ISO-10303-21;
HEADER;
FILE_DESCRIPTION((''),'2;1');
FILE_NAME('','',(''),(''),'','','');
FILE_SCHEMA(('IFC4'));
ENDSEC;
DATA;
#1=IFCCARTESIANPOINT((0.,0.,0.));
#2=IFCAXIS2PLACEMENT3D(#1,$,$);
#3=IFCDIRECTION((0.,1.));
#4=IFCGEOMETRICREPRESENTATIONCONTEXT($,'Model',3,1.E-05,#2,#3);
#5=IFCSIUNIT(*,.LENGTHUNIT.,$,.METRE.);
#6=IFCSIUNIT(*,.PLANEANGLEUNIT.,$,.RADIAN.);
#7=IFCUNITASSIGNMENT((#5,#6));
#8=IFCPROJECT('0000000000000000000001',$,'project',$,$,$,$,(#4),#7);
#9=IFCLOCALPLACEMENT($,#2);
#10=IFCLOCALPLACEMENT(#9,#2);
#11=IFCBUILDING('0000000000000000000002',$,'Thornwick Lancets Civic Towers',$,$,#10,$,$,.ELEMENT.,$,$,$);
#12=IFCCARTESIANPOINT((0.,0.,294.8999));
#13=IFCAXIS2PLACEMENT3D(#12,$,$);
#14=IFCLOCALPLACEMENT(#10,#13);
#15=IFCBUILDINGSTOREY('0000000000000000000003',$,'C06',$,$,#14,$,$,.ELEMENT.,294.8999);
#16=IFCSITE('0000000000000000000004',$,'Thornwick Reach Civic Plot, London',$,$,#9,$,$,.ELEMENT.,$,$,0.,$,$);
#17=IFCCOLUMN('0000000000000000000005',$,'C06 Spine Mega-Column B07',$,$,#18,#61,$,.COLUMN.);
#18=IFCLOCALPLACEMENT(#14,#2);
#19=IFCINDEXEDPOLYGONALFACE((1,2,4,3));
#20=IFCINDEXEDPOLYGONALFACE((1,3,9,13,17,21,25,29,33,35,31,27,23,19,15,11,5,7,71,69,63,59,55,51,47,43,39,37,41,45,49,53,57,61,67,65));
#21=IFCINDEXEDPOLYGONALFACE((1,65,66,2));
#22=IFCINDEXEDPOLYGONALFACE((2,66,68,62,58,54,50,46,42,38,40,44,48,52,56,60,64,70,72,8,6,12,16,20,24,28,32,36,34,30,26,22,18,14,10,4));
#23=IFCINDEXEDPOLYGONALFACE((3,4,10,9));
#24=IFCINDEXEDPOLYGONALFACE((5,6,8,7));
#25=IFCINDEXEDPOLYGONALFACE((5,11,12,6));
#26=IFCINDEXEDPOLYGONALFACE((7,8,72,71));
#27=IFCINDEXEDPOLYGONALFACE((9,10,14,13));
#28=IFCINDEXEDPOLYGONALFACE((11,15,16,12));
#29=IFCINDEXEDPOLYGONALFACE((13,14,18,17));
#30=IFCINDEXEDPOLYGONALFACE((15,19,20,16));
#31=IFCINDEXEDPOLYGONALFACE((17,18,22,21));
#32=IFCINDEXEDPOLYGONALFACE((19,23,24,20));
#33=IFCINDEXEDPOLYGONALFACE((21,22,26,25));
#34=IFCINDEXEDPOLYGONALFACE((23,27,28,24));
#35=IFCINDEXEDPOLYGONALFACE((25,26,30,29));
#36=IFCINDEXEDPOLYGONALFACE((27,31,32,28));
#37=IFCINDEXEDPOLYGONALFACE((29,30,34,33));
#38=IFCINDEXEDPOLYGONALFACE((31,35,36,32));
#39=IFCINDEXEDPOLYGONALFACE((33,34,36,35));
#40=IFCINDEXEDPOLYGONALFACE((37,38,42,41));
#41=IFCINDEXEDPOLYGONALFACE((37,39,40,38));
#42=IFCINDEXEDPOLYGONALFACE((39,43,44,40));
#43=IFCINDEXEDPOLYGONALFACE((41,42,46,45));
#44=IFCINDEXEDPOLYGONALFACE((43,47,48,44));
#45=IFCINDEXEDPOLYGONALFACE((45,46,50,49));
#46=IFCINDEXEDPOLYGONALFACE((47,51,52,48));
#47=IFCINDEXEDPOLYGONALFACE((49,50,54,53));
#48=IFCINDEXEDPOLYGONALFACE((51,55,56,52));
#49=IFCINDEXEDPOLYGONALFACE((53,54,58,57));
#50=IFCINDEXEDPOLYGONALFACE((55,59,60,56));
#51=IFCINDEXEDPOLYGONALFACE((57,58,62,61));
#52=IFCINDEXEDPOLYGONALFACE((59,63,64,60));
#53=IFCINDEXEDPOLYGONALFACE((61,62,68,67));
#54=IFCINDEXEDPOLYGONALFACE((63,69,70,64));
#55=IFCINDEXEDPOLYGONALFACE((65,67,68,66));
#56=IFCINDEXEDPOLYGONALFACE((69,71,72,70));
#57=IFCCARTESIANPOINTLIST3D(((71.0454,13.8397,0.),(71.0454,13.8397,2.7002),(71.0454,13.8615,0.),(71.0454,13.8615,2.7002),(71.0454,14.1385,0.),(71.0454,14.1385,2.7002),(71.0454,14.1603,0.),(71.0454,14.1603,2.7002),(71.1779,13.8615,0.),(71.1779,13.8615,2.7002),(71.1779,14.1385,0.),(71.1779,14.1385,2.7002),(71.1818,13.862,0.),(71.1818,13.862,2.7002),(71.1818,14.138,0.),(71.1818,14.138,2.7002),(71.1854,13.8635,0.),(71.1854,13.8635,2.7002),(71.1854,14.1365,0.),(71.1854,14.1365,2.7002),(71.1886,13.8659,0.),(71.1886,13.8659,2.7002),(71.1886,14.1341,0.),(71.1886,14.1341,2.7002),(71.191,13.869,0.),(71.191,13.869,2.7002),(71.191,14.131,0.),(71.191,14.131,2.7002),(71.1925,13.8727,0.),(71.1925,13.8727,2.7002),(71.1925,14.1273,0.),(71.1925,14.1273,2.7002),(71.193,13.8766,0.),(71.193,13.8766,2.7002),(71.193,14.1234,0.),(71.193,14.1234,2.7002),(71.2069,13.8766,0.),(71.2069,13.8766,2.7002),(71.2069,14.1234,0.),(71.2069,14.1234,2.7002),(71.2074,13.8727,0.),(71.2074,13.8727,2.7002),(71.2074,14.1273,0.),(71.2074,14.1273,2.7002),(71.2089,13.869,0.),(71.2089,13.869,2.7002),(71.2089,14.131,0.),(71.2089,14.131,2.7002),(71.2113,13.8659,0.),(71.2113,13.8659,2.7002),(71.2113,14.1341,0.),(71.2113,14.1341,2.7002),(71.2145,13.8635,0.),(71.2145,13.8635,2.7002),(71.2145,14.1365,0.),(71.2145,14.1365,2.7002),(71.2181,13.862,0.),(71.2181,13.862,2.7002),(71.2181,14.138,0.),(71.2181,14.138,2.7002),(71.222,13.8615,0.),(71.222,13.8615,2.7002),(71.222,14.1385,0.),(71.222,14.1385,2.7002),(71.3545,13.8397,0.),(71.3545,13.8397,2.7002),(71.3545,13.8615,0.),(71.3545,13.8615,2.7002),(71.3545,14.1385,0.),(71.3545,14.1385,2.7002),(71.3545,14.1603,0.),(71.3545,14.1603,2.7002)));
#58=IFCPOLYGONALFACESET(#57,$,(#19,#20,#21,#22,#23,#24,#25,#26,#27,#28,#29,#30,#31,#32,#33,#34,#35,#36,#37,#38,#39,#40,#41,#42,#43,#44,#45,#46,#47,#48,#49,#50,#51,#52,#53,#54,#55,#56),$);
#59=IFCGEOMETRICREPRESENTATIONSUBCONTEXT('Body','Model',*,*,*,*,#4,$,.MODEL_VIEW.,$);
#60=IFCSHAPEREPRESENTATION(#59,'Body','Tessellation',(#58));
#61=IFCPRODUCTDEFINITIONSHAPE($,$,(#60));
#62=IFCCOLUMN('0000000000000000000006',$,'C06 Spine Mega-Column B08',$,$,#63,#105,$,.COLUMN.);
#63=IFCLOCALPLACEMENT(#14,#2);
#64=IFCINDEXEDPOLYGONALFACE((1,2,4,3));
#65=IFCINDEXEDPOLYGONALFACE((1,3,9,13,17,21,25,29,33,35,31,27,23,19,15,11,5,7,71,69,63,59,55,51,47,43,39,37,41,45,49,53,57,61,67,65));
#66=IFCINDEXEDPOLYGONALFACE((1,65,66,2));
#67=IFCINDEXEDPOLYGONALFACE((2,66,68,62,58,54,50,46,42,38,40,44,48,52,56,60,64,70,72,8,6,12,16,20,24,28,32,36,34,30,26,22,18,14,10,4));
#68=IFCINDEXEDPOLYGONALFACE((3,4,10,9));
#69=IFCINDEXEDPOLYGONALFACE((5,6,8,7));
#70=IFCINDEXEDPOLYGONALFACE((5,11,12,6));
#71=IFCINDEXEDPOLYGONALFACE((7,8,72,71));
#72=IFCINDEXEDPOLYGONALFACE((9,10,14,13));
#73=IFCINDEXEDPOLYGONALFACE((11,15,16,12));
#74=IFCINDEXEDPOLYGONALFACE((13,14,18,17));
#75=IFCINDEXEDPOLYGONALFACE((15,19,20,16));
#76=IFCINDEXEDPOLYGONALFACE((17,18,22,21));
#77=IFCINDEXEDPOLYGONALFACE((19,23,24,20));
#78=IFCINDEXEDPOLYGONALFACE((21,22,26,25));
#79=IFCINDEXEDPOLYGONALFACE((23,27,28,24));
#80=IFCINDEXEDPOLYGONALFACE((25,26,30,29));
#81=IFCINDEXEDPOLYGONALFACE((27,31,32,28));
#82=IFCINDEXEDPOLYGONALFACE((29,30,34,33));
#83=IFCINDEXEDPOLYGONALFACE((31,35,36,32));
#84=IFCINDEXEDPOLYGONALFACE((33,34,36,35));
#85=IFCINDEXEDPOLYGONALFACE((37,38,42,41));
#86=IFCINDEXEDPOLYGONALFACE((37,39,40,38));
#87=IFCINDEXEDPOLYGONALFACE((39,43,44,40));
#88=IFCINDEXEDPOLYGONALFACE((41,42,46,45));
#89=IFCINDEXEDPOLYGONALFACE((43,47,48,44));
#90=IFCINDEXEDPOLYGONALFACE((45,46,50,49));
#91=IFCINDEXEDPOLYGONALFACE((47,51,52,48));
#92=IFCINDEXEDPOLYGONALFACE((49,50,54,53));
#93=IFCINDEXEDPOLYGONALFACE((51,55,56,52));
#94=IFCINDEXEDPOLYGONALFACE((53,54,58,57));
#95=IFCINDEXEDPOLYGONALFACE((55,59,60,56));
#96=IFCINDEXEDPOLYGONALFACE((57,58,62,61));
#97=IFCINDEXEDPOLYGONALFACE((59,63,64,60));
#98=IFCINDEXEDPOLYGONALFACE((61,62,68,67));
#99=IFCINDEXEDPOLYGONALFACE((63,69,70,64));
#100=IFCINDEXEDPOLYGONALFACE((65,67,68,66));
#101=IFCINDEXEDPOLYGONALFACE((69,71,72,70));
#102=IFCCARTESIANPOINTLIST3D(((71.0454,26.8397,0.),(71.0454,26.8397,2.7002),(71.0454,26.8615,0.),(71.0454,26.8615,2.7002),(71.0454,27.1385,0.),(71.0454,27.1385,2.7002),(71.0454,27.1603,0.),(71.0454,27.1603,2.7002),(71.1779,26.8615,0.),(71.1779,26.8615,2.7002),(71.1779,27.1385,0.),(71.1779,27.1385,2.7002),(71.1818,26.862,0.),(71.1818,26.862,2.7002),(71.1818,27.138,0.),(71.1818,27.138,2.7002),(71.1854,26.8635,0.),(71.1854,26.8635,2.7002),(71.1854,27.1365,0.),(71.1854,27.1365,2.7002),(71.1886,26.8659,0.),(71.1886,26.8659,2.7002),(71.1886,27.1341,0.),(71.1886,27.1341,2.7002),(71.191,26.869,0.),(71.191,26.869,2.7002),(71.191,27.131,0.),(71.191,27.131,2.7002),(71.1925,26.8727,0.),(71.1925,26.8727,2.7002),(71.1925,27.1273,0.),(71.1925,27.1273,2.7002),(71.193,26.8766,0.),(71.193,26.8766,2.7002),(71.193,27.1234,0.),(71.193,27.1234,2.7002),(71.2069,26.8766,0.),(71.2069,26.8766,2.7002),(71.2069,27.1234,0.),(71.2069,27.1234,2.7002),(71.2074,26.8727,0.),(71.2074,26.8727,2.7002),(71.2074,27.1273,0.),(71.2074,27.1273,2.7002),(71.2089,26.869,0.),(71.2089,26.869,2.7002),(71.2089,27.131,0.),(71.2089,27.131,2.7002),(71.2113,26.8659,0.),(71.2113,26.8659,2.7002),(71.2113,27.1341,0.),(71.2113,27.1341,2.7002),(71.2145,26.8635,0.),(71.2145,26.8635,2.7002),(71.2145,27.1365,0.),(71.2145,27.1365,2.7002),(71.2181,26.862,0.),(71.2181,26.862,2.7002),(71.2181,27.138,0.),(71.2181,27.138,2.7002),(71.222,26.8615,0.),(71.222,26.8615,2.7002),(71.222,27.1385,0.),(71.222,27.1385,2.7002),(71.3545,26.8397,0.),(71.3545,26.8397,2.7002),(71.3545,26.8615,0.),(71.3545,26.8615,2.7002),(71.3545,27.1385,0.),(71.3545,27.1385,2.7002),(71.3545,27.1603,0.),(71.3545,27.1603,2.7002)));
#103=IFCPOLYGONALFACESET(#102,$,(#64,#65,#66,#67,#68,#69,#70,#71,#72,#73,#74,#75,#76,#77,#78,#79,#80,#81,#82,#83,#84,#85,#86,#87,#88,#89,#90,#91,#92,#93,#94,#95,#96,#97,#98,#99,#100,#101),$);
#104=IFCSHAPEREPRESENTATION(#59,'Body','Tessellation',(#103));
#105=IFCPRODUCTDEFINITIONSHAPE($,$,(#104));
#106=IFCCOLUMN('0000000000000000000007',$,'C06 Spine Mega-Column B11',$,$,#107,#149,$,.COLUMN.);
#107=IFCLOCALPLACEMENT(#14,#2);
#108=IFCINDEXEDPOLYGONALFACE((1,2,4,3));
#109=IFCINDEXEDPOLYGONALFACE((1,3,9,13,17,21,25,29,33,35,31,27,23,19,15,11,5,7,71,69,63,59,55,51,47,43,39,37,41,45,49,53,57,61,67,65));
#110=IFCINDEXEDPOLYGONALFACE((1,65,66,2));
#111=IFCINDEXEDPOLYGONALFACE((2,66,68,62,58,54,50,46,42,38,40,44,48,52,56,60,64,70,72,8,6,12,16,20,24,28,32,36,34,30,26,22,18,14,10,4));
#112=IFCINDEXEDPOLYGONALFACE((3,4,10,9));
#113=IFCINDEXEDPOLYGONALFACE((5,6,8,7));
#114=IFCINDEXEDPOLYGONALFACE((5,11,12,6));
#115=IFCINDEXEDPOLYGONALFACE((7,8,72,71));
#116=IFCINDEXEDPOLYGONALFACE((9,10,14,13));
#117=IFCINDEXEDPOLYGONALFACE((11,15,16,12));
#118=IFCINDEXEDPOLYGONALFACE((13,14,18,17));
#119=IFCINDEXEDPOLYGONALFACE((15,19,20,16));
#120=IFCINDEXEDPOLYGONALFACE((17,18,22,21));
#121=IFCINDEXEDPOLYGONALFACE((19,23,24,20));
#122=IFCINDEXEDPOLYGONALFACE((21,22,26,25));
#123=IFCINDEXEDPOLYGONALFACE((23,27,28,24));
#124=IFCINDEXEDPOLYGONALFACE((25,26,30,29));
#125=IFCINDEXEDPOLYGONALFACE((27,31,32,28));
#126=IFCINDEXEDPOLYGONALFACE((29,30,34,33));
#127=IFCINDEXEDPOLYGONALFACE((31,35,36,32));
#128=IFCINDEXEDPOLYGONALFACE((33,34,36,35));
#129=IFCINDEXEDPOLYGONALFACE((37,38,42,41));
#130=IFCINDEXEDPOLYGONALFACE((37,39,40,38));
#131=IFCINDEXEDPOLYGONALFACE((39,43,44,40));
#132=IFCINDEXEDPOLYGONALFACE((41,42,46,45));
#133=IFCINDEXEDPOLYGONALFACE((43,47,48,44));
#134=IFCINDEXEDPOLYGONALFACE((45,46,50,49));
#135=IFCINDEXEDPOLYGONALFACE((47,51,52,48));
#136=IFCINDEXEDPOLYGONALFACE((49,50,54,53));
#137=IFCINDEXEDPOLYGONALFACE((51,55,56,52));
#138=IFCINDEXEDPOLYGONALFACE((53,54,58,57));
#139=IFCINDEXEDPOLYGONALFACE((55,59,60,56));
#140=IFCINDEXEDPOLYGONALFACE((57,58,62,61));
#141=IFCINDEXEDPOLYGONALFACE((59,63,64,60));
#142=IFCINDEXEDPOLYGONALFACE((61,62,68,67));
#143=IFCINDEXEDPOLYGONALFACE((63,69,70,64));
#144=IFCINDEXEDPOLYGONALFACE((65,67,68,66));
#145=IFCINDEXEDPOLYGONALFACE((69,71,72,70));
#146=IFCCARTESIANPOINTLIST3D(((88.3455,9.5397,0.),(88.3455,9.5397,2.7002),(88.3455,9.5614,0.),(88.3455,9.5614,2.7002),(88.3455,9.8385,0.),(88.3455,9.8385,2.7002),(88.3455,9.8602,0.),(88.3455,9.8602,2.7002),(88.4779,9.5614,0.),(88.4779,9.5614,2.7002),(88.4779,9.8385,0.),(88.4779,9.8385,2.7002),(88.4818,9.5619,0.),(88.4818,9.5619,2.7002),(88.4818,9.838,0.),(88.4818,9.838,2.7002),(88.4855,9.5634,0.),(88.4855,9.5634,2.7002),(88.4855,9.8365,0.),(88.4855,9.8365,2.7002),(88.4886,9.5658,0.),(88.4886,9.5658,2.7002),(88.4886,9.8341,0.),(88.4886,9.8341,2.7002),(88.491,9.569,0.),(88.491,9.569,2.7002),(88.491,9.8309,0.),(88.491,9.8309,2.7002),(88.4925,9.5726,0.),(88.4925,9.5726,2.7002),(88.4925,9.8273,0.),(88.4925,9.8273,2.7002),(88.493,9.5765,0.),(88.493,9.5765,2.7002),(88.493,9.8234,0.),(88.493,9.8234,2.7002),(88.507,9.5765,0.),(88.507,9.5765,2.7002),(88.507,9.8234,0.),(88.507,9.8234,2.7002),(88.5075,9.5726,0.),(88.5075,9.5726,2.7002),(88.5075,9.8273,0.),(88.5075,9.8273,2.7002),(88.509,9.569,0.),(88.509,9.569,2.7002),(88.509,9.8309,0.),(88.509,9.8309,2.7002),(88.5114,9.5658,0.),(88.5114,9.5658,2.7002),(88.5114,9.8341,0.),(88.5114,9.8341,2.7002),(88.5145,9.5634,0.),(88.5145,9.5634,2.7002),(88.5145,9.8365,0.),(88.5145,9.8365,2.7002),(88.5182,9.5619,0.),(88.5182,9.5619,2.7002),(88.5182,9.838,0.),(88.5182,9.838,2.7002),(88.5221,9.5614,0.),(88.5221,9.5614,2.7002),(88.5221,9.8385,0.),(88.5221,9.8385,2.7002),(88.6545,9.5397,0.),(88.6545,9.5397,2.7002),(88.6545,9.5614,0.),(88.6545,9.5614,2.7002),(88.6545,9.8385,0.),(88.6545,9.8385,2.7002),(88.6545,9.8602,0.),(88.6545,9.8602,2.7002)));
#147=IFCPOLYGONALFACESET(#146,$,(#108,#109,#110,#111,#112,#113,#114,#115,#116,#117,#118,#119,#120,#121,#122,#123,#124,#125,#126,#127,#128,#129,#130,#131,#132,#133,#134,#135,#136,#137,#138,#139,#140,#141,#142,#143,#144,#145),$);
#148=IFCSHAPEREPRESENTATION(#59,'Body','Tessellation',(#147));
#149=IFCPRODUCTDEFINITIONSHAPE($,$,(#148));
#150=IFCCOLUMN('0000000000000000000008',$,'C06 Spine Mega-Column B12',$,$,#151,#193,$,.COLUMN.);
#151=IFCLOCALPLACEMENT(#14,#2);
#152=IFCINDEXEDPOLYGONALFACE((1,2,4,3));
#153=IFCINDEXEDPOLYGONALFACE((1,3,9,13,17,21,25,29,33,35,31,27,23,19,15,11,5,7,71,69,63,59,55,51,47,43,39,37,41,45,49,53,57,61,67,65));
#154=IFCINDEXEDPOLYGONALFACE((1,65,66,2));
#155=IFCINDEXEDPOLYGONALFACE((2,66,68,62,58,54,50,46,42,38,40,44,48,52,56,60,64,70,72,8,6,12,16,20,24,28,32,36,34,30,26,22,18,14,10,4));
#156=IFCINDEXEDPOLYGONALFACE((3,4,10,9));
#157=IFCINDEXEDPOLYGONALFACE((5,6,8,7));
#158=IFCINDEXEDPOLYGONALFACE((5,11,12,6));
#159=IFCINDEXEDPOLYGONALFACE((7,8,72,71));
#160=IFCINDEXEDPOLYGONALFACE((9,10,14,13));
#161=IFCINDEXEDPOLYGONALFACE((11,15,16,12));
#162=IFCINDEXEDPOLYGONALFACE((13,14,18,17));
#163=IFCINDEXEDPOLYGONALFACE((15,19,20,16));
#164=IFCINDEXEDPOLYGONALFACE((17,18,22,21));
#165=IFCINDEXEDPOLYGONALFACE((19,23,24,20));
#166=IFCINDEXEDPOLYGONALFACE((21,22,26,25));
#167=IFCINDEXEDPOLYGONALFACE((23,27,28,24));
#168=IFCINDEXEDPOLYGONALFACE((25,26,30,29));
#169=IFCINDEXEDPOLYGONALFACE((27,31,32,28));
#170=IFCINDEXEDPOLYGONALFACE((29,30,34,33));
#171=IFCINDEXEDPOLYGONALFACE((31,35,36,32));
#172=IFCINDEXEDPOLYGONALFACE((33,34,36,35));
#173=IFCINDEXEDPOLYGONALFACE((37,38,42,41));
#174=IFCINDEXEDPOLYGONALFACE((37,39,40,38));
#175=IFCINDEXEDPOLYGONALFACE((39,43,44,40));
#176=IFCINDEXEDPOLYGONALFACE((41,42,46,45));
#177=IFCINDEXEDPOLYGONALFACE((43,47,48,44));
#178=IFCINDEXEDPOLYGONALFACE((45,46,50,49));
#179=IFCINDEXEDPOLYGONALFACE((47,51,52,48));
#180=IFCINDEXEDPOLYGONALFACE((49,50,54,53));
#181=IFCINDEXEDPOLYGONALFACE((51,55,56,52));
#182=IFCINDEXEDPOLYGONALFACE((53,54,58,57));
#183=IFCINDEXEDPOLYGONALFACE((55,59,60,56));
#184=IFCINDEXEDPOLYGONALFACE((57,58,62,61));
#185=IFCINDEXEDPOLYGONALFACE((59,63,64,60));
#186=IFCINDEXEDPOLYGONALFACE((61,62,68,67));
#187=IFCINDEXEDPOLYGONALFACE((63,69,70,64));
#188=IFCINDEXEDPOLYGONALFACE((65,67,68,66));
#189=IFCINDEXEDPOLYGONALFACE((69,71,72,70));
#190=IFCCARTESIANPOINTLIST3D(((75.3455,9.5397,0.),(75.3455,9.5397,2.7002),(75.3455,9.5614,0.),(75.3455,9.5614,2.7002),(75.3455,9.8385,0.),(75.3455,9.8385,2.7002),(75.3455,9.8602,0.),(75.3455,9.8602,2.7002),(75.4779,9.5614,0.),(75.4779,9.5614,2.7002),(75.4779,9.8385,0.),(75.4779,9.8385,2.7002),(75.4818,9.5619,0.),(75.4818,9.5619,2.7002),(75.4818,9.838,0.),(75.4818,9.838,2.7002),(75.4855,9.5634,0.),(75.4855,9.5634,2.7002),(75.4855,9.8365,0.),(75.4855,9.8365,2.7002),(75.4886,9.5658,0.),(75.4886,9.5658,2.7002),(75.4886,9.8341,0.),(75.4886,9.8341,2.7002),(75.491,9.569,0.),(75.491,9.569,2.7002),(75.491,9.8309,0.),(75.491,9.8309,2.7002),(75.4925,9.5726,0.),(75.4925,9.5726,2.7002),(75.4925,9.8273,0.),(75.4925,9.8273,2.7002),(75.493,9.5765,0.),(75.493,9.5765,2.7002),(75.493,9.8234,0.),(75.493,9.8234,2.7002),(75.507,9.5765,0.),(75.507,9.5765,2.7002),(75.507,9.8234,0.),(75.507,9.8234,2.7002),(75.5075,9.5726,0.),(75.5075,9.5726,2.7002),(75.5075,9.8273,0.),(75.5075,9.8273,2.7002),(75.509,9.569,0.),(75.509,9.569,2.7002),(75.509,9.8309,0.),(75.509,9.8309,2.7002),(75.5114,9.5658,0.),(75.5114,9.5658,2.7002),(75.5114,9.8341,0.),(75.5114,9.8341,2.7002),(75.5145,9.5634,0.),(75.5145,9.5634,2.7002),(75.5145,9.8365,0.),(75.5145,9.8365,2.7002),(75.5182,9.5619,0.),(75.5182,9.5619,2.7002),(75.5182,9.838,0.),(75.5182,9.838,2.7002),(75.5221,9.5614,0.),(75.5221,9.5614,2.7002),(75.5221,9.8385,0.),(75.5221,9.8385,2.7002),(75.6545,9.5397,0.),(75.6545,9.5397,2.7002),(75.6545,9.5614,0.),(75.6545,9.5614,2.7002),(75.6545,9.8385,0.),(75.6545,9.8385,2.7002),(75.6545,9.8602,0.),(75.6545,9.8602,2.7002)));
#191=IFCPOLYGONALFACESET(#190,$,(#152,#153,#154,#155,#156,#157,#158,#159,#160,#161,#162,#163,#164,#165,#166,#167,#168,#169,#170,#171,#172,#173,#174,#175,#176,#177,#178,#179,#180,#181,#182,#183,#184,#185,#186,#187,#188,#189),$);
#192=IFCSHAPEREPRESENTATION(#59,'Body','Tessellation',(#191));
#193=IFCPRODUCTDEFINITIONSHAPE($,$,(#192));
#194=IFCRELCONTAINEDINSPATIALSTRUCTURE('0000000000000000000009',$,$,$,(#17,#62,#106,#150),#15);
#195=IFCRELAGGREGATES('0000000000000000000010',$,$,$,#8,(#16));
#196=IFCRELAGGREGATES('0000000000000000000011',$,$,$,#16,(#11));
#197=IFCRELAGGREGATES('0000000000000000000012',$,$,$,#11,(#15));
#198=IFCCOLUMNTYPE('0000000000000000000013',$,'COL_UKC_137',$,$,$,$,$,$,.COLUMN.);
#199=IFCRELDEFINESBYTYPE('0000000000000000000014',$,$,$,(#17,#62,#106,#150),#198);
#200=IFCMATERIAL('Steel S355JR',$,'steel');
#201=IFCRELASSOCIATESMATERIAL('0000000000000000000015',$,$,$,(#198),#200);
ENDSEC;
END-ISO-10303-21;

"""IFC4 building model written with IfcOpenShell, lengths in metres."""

from ifc_helpers import new_model, si_unit, direction, frame, origin, origin_2d, place, context, subcontext, project, spatial, i_section, extrude, material, material_profile, profile_set, type_object, element, save


model = new_model("IFC4")

# Units and contexts
model_context = context("Model", 3, precision=1e-05, world=origin(), true_north=direction((0.0, 1.0)))
body_context = subcontext(model_context, "Body", "Model", "MODEL_VIEW")
ifc_project = project(units=[si_unit("LENGTHUNIT", "METRE"), si_unit("PLANEANGLEUNIT", "RADIAN")], contexts=[model_context])

# Site, building, storey
site_placement = place(None, origin())
site = spatial("IfcSite", under=ifc_project, at=site_placement, Name="Thornwick Reach Civic Plot, London", CompositionType="ELEMENT", RefElevation=0.0)
building_placement = place(site_placement, origin())
building = spatial("IfcBuilding", under=site, at=building_placement, Name="Thornwick Lancets Civic Towers", CompositionType="ELEMENT")
storey_placement = place(building_placement, frame((0.0, 0.0, 294.8999)))
storey = spatial("IfcBuildingStorey", under=building, at=storey_placement, Name="C06", CompositionType="ELEMENT", Elevation=294.8999)

# Columns
ifc_material_1 = material(Name="Steel S355JR", Category="steel")
ifc_material_profile_1 = material_profile(ifc_material_1, i_section(OverallWidth=0.3091, OverallDepth=0.3206, WebThickness=0.0139, FlangeThickness=0.0217, FilletRadius=0.0151, at=origin_2d()), Name="UKC 305x305x137")
ifc_profile_set_1 = profile_set([ifc_material_profile_1], Name="Steel S355JR")
column_type = type_object("IfcColumnType", Name="COL_UKC_137", PredefinedType="COLUMN", material=ifc_profile_set_1)
for number, where, z_axis, x_axis, name in (
    (1, (71.2, 14.0, 0.0), (0.0, 0.0, 1.0), (1.0, 0.0, 0.0), "C06 Spine Mega-Column B07"),
    (2, (71.2, 27.0, 0.0), (0.0, 0.0, 1.0), (1.0, 0.0, 0.0), "C06 Spine Mega-Column B08"),
    (3, (88.5, 9.7, 0.0), (0.0, 0.0, 1.0), (1.0, 0.0, 0.0), "C06 Spine Mega-Column B11"),
    (4, (75.5, 9.7, 0.0), (0.0, 0.0, 1.0), (1.0, 0.0, 0.0), "C06 Spine Mega-Column B12"),
):
    element("IfcColumn", number, at=place(storey_placement, frame(where, z_axis=z_axis, x_axis=x_axis)), inside=storey, type_object=column_type, Name=name, PredefinedType="COLUMN", context=body_context, shape_type="SweptSolid", body=[
        extrude(i_section(OverallWidth=0.3091, OverallDepth=0.3206, WebThickness=0.0139, FlangeThickness=0.0217, FilletRadius=0.0151, at=origin_2d()), origin(), (0.0, 0.0, 1.0), 2.7002),
    ])

save(model, "model.ifc")
